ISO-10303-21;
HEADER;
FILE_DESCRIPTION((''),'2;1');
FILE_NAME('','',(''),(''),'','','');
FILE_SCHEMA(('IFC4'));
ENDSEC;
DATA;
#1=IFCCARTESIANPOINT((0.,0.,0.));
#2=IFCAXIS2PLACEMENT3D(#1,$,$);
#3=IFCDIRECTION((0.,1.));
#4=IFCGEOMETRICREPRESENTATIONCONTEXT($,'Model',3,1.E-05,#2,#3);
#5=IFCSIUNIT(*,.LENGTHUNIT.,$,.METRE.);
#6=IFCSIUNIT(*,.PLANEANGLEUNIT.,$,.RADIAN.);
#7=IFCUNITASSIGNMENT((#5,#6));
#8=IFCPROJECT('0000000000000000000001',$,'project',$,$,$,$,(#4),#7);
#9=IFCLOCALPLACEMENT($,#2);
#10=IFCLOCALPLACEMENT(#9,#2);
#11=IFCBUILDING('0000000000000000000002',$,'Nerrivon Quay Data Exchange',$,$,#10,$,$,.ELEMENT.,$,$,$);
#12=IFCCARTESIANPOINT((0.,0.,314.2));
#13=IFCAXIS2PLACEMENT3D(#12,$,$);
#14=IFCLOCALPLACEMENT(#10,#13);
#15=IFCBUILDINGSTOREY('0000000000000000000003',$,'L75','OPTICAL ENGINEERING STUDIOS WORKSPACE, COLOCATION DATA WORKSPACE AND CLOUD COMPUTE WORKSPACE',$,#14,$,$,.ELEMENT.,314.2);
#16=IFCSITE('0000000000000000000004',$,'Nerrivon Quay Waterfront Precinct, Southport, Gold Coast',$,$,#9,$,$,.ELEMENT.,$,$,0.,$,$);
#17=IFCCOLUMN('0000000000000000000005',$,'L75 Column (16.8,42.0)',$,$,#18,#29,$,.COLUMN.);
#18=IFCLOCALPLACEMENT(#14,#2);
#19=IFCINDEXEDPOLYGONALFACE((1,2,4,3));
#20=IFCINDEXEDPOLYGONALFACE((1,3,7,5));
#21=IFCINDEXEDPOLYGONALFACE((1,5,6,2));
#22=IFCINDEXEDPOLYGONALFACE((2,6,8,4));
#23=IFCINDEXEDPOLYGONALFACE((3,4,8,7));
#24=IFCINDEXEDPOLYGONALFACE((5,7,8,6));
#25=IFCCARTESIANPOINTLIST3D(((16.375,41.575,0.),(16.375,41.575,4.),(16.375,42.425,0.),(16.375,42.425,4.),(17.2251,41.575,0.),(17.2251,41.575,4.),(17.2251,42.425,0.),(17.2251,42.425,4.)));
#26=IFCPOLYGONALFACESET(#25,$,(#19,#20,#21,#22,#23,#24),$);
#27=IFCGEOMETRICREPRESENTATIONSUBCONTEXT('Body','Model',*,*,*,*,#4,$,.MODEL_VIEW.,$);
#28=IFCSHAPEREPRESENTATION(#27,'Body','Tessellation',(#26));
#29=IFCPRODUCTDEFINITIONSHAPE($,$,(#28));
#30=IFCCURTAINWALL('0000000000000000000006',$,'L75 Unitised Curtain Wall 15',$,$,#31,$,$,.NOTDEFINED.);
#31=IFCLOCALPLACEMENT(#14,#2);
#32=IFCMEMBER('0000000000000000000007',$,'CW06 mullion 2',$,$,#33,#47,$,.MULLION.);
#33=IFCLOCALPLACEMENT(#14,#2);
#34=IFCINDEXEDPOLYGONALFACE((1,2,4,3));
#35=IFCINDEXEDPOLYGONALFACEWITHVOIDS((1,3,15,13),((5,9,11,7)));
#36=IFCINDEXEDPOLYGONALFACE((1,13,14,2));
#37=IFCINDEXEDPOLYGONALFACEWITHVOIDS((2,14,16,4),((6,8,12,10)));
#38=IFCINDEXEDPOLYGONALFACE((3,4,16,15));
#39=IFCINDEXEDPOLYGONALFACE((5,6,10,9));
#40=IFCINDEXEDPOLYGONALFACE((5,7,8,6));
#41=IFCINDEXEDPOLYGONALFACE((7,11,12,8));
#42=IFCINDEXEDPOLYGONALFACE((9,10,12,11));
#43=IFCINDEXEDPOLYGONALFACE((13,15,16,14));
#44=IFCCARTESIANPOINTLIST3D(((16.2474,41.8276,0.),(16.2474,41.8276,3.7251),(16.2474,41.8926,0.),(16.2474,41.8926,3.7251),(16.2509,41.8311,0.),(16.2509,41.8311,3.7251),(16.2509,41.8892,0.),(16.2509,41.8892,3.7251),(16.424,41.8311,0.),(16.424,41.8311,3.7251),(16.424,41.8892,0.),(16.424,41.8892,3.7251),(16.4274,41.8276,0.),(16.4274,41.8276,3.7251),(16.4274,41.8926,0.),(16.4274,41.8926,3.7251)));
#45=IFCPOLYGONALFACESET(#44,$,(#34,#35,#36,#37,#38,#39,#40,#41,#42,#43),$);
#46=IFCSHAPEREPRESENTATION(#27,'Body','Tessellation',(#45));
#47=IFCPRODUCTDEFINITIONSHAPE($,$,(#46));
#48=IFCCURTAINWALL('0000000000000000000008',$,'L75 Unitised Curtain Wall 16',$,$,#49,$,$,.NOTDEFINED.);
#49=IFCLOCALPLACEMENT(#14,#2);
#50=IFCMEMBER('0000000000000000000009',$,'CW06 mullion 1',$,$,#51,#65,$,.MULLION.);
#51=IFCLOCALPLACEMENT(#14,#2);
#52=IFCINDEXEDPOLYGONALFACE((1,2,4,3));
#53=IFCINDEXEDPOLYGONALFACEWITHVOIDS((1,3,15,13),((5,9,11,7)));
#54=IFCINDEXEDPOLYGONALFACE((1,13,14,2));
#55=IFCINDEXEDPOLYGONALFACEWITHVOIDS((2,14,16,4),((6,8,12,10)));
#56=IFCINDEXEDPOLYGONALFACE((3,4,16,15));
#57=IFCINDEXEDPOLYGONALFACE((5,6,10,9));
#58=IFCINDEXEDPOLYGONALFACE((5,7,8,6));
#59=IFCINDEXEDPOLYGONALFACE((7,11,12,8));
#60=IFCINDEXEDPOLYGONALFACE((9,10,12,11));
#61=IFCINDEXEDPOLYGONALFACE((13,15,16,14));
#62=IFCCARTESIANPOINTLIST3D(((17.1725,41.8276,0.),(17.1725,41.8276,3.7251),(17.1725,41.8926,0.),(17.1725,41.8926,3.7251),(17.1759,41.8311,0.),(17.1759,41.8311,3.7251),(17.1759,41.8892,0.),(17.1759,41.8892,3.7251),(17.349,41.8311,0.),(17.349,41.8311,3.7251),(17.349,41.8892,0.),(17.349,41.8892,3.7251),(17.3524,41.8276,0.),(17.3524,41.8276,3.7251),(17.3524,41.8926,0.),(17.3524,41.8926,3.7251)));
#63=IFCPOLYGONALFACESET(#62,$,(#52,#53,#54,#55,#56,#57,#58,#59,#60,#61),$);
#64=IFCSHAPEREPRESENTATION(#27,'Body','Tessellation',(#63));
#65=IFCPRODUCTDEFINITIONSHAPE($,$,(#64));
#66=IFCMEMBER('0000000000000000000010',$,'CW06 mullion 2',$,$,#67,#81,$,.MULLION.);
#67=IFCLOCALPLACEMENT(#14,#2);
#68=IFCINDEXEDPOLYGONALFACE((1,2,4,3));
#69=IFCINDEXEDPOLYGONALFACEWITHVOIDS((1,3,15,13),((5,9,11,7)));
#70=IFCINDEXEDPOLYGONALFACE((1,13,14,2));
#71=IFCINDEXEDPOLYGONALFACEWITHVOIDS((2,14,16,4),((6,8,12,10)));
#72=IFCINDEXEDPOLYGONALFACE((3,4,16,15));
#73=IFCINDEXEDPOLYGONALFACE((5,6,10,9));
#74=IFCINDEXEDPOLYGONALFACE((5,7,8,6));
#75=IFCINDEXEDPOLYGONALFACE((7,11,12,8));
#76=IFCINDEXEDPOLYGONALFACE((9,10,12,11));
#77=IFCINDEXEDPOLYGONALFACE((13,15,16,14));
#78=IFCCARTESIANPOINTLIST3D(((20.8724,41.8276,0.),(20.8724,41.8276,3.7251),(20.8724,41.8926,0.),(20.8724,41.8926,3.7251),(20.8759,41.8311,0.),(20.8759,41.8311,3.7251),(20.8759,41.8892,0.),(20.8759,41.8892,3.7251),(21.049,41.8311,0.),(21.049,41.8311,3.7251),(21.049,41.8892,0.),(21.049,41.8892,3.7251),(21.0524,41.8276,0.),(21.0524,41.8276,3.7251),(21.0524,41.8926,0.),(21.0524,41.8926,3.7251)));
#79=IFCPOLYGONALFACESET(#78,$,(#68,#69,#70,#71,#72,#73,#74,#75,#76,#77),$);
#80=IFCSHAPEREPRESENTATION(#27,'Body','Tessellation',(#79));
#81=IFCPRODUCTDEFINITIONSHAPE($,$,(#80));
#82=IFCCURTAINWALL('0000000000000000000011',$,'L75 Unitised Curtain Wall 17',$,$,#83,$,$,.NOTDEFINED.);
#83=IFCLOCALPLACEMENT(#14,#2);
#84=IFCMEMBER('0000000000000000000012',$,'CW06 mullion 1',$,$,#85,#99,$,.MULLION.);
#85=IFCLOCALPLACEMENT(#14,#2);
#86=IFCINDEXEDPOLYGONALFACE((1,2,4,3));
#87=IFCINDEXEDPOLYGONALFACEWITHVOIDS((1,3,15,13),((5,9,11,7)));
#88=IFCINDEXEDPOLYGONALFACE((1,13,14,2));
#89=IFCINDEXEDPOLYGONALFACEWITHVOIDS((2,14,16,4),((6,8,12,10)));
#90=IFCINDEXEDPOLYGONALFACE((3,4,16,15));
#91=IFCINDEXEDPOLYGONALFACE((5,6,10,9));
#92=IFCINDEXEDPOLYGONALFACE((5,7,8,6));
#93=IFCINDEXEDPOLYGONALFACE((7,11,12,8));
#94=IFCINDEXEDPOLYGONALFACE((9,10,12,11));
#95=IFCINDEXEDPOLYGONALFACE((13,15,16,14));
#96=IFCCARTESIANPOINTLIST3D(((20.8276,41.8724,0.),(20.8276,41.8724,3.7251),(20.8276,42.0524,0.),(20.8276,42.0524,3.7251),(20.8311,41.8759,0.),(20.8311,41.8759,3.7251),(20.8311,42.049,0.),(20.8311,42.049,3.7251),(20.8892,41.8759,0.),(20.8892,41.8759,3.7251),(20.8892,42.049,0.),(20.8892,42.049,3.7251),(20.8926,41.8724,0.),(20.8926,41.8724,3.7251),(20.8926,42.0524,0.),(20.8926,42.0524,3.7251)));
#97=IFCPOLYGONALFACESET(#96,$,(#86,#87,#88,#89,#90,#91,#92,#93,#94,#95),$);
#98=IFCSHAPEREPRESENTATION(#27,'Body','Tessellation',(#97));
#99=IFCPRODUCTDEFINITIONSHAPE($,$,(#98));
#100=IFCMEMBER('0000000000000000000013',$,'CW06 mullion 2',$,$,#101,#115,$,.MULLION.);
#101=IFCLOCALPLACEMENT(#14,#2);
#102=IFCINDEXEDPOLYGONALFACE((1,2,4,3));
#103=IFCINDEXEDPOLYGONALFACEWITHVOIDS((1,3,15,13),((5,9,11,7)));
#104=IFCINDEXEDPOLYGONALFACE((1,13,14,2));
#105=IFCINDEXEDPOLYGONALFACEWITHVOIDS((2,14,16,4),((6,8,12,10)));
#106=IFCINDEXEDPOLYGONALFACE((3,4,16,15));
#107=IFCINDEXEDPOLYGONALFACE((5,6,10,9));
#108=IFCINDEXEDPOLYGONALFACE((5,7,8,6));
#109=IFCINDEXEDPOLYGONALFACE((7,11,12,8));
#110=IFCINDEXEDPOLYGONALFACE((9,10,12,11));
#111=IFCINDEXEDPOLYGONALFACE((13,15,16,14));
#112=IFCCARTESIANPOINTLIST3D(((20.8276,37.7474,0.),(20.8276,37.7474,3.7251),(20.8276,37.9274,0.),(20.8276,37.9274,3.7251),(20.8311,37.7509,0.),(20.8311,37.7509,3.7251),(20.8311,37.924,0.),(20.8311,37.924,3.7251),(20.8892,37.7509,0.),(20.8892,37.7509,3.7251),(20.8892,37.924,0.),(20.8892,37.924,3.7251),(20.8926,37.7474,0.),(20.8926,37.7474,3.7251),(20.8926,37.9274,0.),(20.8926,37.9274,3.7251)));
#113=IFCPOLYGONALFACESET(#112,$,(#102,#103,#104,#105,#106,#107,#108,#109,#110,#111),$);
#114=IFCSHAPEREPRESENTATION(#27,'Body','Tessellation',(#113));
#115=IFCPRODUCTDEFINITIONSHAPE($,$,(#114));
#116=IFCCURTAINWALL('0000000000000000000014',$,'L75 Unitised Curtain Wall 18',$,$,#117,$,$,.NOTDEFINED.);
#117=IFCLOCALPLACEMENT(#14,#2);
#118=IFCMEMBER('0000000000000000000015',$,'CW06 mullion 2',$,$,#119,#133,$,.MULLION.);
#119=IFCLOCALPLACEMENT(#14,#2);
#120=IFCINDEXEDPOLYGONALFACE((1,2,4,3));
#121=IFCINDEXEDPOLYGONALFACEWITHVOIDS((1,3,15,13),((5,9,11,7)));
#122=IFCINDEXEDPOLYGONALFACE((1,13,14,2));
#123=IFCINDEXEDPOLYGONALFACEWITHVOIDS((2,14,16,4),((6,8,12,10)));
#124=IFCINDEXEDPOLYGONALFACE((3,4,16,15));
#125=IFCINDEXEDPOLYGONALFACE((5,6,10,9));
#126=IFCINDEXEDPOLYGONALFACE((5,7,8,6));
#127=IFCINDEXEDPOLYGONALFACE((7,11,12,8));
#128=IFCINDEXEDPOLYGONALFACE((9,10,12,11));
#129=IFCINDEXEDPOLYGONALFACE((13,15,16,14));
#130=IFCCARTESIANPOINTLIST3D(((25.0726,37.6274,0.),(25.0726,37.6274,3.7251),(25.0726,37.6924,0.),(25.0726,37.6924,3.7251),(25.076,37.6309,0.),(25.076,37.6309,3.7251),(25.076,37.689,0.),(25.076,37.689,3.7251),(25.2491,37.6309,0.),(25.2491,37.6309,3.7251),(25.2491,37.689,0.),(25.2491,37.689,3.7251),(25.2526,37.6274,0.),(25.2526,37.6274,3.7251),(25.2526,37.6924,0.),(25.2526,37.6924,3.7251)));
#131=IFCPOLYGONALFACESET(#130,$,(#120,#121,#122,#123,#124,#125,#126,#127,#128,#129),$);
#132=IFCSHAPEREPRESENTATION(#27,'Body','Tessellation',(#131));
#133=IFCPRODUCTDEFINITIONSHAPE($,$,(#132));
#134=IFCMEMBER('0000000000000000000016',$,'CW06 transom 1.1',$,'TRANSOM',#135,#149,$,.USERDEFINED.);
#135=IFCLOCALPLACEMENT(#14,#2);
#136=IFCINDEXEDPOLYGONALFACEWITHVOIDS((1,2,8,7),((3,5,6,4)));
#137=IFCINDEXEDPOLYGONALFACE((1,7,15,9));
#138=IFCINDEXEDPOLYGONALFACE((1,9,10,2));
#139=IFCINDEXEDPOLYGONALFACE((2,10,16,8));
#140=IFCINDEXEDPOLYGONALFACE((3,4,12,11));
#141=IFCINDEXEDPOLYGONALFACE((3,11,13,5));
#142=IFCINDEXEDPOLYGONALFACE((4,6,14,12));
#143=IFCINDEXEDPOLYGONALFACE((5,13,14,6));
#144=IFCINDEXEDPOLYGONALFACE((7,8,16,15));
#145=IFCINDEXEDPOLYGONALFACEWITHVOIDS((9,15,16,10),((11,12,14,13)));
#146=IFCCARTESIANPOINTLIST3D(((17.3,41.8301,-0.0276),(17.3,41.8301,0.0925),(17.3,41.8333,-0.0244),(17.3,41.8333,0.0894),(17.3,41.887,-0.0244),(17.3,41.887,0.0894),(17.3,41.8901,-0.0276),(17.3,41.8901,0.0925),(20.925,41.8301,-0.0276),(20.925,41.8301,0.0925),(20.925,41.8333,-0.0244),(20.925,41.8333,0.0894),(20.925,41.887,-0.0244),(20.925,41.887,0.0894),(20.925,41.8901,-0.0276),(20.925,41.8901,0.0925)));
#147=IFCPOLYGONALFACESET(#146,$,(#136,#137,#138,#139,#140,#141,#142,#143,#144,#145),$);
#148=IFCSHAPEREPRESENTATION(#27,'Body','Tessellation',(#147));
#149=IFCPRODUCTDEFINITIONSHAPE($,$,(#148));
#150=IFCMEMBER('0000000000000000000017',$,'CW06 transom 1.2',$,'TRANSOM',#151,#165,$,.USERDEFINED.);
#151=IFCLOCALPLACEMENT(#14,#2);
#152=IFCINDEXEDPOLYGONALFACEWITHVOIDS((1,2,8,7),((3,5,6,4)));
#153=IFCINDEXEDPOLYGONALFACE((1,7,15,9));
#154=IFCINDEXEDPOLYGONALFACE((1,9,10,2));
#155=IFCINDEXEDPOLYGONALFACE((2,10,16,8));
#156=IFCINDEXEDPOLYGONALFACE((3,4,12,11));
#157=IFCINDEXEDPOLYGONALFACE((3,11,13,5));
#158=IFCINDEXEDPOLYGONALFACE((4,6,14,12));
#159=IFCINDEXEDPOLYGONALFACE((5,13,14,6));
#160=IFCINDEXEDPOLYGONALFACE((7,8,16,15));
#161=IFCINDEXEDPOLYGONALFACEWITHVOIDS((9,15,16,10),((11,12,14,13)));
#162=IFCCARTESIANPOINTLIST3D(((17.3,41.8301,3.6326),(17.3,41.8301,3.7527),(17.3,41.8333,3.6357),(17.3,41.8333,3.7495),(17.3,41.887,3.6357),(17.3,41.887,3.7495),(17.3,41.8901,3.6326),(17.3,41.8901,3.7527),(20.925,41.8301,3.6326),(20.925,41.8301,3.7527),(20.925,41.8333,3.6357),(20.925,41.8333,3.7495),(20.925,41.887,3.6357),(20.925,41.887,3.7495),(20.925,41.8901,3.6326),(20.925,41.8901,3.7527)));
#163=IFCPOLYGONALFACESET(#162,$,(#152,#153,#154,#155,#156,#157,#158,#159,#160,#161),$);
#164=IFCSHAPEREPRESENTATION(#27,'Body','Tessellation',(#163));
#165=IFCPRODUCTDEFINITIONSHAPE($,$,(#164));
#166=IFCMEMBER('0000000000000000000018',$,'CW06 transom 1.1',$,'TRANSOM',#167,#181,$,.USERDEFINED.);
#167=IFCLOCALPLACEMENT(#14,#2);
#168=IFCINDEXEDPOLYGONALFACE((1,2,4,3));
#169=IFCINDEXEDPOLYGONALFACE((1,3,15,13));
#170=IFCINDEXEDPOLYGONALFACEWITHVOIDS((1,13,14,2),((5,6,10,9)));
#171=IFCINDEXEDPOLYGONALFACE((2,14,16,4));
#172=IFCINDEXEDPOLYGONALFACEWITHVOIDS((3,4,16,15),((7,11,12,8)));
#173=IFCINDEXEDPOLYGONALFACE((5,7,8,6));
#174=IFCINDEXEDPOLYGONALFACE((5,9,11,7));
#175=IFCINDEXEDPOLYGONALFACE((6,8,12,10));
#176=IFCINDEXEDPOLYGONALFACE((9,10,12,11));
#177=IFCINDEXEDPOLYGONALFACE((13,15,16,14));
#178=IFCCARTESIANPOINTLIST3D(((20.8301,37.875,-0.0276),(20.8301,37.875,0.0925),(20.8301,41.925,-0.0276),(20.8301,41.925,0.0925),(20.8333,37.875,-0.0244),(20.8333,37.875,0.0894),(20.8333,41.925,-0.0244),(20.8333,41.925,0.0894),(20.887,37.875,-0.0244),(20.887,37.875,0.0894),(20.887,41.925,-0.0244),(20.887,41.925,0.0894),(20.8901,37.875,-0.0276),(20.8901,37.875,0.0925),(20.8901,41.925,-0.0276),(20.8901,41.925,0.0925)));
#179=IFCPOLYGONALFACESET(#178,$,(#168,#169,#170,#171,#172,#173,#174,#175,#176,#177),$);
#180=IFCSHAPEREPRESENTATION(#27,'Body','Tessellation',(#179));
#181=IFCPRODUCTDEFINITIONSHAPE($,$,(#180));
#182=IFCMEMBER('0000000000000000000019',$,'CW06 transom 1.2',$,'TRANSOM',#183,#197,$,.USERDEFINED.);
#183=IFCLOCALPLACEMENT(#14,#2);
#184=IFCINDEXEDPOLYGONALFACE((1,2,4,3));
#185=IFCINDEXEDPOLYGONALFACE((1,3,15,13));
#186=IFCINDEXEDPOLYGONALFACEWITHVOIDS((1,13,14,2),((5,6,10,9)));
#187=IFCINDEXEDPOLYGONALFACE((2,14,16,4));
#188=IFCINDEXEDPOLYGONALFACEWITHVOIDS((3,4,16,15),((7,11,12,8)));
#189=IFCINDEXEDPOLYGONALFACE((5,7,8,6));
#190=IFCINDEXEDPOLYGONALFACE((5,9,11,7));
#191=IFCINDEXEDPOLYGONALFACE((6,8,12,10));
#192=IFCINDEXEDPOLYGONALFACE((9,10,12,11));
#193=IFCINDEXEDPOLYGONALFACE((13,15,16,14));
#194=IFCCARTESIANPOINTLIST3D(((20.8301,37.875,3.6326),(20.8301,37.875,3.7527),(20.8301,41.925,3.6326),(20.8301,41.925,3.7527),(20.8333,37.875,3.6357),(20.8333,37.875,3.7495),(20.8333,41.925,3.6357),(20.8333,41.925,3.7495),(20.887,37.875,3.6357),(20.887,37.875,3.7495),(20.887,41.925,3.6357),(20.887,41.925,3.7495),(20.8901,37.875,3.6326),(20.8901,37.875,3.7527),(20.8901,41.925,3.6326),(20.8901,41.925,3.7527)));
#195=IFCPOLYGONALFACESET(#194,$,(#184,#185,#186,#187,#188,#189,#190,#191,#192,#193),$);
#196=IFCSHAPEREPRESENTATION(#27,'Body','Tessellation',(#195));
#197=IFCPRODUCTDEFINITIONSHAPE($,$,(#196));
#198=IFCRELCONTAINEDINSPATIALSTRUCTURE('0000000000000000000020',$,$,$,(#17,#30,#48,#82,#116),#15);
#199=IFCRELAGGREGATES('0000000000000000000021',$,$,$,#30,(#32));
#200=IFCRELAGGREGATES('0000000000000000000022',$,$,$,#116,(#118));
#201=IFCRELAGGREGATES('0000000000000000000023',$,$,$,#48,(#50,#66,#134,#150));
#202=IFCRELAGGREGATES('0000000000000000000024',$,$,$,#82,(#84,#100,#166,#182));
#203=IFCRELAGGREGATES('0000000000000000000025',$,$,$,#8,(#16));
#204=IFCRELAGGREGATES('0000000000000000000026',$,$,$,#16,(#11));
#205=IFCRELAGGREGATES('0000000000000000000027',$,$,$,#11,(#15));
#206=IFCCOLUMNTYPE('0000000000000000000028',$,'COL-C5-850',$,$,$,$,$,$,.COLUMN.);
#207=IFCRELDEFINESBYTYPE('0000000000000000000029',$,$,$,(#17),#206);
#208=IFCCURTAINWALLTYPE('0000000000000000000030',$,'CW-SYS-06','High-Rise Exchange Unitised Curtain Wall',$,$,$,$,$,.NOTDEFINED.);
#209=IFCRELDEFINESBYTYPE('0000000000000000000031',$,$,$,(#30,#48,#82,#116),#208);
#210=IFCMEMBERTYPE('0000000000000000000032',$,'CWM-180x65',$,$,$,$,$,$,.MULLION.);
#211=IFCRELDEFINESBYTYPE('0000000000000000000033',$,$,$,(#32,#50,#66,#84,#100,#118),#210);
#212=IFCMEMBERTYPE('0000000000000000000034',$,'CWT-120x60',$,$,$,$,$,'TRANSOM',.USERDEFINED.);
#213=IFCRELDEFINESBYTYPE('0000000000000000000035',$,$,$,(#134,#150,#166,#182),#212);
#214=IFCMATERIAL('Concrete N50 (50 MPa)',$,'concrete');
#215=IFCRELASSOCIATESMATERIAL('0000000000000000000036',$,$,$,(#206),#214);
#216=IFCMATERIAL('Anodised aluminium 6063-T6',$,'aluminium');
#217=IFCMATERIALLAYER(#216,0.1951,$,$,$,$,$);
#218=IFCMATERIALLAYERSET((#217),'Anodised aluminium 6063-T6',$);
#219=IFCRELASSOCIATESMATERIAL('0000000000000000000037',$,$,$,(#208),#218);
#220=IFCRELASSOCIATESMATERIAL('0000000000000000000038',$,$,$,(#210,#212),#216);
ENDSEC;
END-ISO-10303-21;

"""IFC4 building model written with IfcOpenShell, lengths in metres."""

from ifc_helpers import new_model, si_unit, direction, frame, origin, origin_2d, place, context, subcontext, project, spatial, rectangle, hollow_rectangle, extrude, material, layer, layer_set, material_profile, profile_set, type_object, element, aggregate, save


model = new_model("IFC4")

# Units and contexts
model_context = context("Model", 3, precision=1e-05, world=origin(), true_north=direction((0.0, 1.0)))
body_context = subcontext(model_context, "Body", "Model", "MODEL_VIEW")
ifc_project = project(units=[si_unit("LENGTHUNIT", "METRE"), si_unit("PLANEANGLEUNIT", "RADIAN")], contexts=[model_context])

# Site, building, storey
site_placement = place(None, origin())
site = spatial("IfcSite", under=ifc_project, at=site_placement, Name="Nerrivon Quay Waterfront Precinct, Southport, Gold Coast", CompositionType="ELEMENT", RefElevation=0.0)
building_placement = place(site_placement, origin())
building = spatial("IfcBuilding", under=site, at=building_placement, Name="Nerrivon Quay Data Exchange", CompositionType="ELEMENT")
storey_placement = place(building_placement, frame((0.0, 0.0, 314.2)))
storey = spatial("IfcBuildingStorey", under=building, at=storey_placement, Name="L75", Description="OPTICAL ENGINEERING STUDIOS WORKSPACE, COLOCATION DATA WORKSPACE AND CLOUD COMPUTE WORKSPACE", CompositionType="ELEMENT", Elevation=314.2)

# Column
ifc_material_1 = material(Name="Concrete N50 (50 MPa)", Category="concrete")
ifc_material_profile_1 = material_profile(ifc_material_1, rectangle(XDim=0.8501, YDim=0.8501, at=origin_2d()), Name="RC-COL-850x850")
ifc_profile_set_1 = profile_set([ifc_material_profile_1], Name="Concrete N50 (50 MPa)")
column_type = type_object("IfcColumnType", Name="COL-C5-850", PredefinedType="COLUMN", material=ifc_profile_set_1)
column_placement = place(storey_placement, frame((16.8, 42.0, 0.0), z_axis=(0.0, 0.0, 1.0), x_axis=(1.0, 0.0, 0.0)))
element("IfcColumn", 1, at=column_placement, inside=storey, type_object=column_type, Name="L75 Column (16.8,42.0)", PredefinedType="COLUMN", context=body_context, shape_type="SweptSolid", body=[
    extrude(rectangle(XDim=0.8501, YDim=0.8501, at=origin_2d()), origin(), (0.0, 0.0, 1.0), 4.0),
])

# Curtain wall, member
ifc_material_2 = material(Name="Anodised aluminium 6063-T6", Category="aluminium")
ifc_layer_1 = layer(ifc_material_2, 0.1951)
ifc_layer_set_1 = layer_set([ifc_layer_1], Name="Anodised aluminium 6063-T6")
curtain_wall_type = type_object("IfcCurtainWallType", Name="CW-SYS-06", Description="High-Rise Exchange Unitised Curtain Wall", PredefinedType="NOTDEFINED", material=ifc_layer_set_1)
curtain_wall_1_placement = place(storey_placement, origin())
curtain_wall_1 = element("IfcCurtainWall", 2, at=curtain_wall_1_placement, inside=storey, type_object=curtain_wall_type, Name="L75 Unitised Curtain Wall 15", PredefinedType="NOTDEFINED")
ifc_material_profile_2 = material_profile(ifc_material_2, hollow_rectangle(XDim=0.0649, YDim=0.1799, WallThickness=0.0034, at=origin_2d()), Name="ALU-MULL-180x65")
ifc_profile_set_2 = profile_set([ifc_material_profile_2], Name="Anodised aluminium 6063-T6")
member_type_1 = type_object("IfcMemberType", Name="CWM-180x65", PredefinedType="MULLION", material=ifc_profile_set_2)
member_1_placement = place(storey_placement, frame((16.3374, 41.8601, 0.0), z_axis=(0.0, 0.0, 1.0), x_axis=(0.0, 1.0, 0.0)))
member_1 = element("IfcMember", 3, at=member_1_placement, type_object=member_type_1, Name="CW06 mullion 2", PredefinedType="MULLION", context=body_context, shape_type="SweptSolid", body=[
    extrude(hollow_rectangle(XDim=0.0649, YDim=0.1799, WallThickness=0.0034, at=origin_2d()), origin(), (0.0, 0.0, 1.0), 3.7251),
])
aggregate(curtain_wall_1, [member_1])

# Curtain walls, members
curtain_wall_2_placement = place(storey_placement, origin())
curtain_wall_2 = element("IfcCurtainWall", 4, at=curtain_wall_2_placement, inside=storey, type_object=curtain_wall_type, Name="L75 Unitised Curtain Wall 16", PredefinedType="NOTDEFINED")
member_2_placement = place(storey_placement, frame((17.2625, 41.8601, 0.0), z_axis=(0.0, 0.0, 1.0), x_axis=(0.0, 1.0, 0.0)))
member_2 = element("IfcMember", 5, at=member_2_placement, type_object=member_type_1, Name="CW06 mullion 1", PredefinedType="MULLION", context=body_context, shape_type="SweptSolid", body=[
    extrude(hollow_rectangle(XDim=0.0649, YDim=0.1799, WallThickness=0.0034, at=origin_2d()), origin(), (0.0, 0.0, 1.0), 3.7251),
])
member_3_placement = place(storey_placement, frame((20.9624, 41.8601, 0.0), z_axis=(0.0, 0.0, 1.0), x_axis=(0.0, 1.0, 0.0)))
member_3 = element("IfcMember", 6, at=member_3_placement, type_object=member_type_1, Name="CW06 mullion 2", PredefinedType="MULLION", context=body_context, shape_type="SweptSolid", body=[
    extrude(hollow_rectangle(XDim=0.0649, YDim=0.1799, WallThickness=0.0034, at=origin_2d()), origin(), (0.0, 0.0, 1.0), 3.7251),
])
curtain_wall_3_placement = place(storey_placement, origin())
curtain_wall_3 = element("IfcCurtainWall", 7, at=curtain_wall_3_placement, inside=storey, type_object=curtain_wall_type, Name="L75 Unitised Curtain Wall 17", PredefinedType="NOTDEFINED")
member_4_placement = place(storey_placement, frame((20.8601, 41.9624, 0.0), z_axis=(0.0, 0.0, 1.0), x_axis=(1.0, 0.0, 0.0)))
member_4 = element("IfcMember", 8, at=member_4_placement, type_object=member_type_1, Name="CW06 mullion 1", PredefinedType="MULLION", context=body_context, shape_type="SweptSolid", body=[
    extrude(hollow_rectangle(XDim=0.0649, YDim=0.1799, WallThickness=0.0034, at=origin_2d()), origin(), (0.0, 0.0, 1.0), 3.7251),
])
member_5_placement = place(storey_placement, frame((20.8601, 37.8374, 0.0), z_axis=(0.0, 0.0, 1.0), x_axis=(1.0, 0.0, 0.0)))
member_5 = element("IfcMember", 9, at=member_5_placement, type_object=member_type_1, Name="CW06 mullion 2", PredefinedType="MULLION", context=body_context, shape_type="SweptSolid", body=[
    extrude(hollow_rectangle(XDim=0.0649, YDim=0.1799, WallThickness=0.0034, at=origin_2d()), origin(), (0.0, 0.0, 1.0), 3.7251),
])

# Curtain wall, member
curtain_wall_4_placement = place(storey_placement, origin())
curtain_wall_4 = element("IfcCurtainWall", 10, at=curtain_wall_4_placement, inside=storey, type_object=curtain_wall_type, Name="L75 Unitised Curtain Wall 18", PredefinedType="NOTDEFINED")
member_6_placement = place(storey_placement, frame((25.1626, 37.6599, 0.0), z_axis=(0.0, 0.0, 1.0), x_axis=(0.0, 1.0, 0.0)))
member_6 = element("IfcMember", 11, at=member_6_placement, type_object=member_type_1, Name="CW06 mullion 2", PredefinedType="MULLION", context=body_context, shape_type="SweptSolid", body=[
    extrude(hollow_rectangle(XDim=0.0649, YDim=0.1799, WallThickness=0.0034, at=origin_2d()), origin(), (0.0, 0.0, 1.0), 3.7251),
])
aggregate(curtain_wall_4, [member_6])

# Members
ifc_material_profile_3 = material_profile(ifc_material_2, hollow_rectangle(XDim=0.0601, YDim=0.1201, WallThickness=0.0032, at=origin_2d()), Name="ALU-TRAN-120x60")
ifc_profile_set_3 = profile_set([ifc_material_profile_3], Name="Anodised aluminium 6063-T6")
member_type_2 = type_object("IfcMemberType", Name="CWT-120x60", ElementType="TRANSOM", PredefinedType="USERDEFINED", material=ifc_profile_set_3)
member_7_placement = place(storey_placement, frame((17.3, 41.8601, 0.0325), z_axis=(1.0, 0.0, 0.0), x_axis=(0.0, 1.0, 0.0)))
member_7 = element("IfcMember", 12, at=member_7_placement, type_object=member_type_2, Name="CW06 transom 1.1", ObjectType="TRANSOM", PredefinedType="USERDEFINED", context=body_context, shape_type="SweptSolid", body=[
    extrude(hollow_rectangle(XDim=0.0601, YDim=0.1201, WallThickness=0.0032, at=origin_2d()), origin(), (0.0, 0.0, 1.0), 3.625),
])
member_8_placement = place(storey_placement, frame((17.3, 41.8601, 3.6926), z_axis=(1.0, 0.0, 0.0), x_axis=(0.0, 1.0, 0.0)))
member_8 = element("IfcMember", 13, at=member_8_placement, type_object=member_type_2, Name="CW06 transom 1.2", ObjectType="TRANSOM", PredefinedType="USERDEFINED", context=body_context, shape_type="SweptSolid", body=[
    extrude(hollow_rectangle(XDim=0.0601, YDim=0.1201, WallThickness=0.0032, at=origin_2d()), origin(), (0.0, 0.0, 1.0), 3.625),
])
member_9_placement = place(storey_placement, frame((20.8601, 41.925, 0.0325), z_axis=(0.0, -1.0, 0.0), x_axis=(1.0, 0.0, 0.0)))
member_9 = element("IfcMember", 14, at=member_9_placement, type_object=member_type_2, Name="CW06 transom 1.1", ObjectType="TRANSOM", PredefinedType="USERDEFINED", context=body_context, shape_type="SweptSolid", body=[
    extrude(hollow_rectangle(XDim=0.0601, YDim=0.1201, WallThickness=0.0032, at=origin_2d()), origin(), (0.0, 0.0, 1.0), 4.05),
])
member_10_placement = place(storey_placement, frame((20.8601, 41.925, 3.6926), z_axis=(0.0, -1.0, 0.0), x_axis=(1.0, 0.0, 0.0)))
member_10 = element("IfcMember", 15, at=member_10_placement, type_object=member_type_2, Name="CW06 transom 1.2", ObjectType="TRANSOM", PredefinedType="USERDEFINED", context=body_context, shape_type="SweptSolid", body=[
    extrude(hollow_rectangle(XDim=0.0601, YDim=0.1201, WallThickness=0.0032, at=origin_2d()), origin(), (0.0, 0.0, 1.0), 4.05),
])

aggregate(curtain_wall_2, [member_2, member_3, member_7, member_8])
aggregate(curtain_wall_3, [member_4, member_5, member_9, member_10])

save(model, "model.ifc")
